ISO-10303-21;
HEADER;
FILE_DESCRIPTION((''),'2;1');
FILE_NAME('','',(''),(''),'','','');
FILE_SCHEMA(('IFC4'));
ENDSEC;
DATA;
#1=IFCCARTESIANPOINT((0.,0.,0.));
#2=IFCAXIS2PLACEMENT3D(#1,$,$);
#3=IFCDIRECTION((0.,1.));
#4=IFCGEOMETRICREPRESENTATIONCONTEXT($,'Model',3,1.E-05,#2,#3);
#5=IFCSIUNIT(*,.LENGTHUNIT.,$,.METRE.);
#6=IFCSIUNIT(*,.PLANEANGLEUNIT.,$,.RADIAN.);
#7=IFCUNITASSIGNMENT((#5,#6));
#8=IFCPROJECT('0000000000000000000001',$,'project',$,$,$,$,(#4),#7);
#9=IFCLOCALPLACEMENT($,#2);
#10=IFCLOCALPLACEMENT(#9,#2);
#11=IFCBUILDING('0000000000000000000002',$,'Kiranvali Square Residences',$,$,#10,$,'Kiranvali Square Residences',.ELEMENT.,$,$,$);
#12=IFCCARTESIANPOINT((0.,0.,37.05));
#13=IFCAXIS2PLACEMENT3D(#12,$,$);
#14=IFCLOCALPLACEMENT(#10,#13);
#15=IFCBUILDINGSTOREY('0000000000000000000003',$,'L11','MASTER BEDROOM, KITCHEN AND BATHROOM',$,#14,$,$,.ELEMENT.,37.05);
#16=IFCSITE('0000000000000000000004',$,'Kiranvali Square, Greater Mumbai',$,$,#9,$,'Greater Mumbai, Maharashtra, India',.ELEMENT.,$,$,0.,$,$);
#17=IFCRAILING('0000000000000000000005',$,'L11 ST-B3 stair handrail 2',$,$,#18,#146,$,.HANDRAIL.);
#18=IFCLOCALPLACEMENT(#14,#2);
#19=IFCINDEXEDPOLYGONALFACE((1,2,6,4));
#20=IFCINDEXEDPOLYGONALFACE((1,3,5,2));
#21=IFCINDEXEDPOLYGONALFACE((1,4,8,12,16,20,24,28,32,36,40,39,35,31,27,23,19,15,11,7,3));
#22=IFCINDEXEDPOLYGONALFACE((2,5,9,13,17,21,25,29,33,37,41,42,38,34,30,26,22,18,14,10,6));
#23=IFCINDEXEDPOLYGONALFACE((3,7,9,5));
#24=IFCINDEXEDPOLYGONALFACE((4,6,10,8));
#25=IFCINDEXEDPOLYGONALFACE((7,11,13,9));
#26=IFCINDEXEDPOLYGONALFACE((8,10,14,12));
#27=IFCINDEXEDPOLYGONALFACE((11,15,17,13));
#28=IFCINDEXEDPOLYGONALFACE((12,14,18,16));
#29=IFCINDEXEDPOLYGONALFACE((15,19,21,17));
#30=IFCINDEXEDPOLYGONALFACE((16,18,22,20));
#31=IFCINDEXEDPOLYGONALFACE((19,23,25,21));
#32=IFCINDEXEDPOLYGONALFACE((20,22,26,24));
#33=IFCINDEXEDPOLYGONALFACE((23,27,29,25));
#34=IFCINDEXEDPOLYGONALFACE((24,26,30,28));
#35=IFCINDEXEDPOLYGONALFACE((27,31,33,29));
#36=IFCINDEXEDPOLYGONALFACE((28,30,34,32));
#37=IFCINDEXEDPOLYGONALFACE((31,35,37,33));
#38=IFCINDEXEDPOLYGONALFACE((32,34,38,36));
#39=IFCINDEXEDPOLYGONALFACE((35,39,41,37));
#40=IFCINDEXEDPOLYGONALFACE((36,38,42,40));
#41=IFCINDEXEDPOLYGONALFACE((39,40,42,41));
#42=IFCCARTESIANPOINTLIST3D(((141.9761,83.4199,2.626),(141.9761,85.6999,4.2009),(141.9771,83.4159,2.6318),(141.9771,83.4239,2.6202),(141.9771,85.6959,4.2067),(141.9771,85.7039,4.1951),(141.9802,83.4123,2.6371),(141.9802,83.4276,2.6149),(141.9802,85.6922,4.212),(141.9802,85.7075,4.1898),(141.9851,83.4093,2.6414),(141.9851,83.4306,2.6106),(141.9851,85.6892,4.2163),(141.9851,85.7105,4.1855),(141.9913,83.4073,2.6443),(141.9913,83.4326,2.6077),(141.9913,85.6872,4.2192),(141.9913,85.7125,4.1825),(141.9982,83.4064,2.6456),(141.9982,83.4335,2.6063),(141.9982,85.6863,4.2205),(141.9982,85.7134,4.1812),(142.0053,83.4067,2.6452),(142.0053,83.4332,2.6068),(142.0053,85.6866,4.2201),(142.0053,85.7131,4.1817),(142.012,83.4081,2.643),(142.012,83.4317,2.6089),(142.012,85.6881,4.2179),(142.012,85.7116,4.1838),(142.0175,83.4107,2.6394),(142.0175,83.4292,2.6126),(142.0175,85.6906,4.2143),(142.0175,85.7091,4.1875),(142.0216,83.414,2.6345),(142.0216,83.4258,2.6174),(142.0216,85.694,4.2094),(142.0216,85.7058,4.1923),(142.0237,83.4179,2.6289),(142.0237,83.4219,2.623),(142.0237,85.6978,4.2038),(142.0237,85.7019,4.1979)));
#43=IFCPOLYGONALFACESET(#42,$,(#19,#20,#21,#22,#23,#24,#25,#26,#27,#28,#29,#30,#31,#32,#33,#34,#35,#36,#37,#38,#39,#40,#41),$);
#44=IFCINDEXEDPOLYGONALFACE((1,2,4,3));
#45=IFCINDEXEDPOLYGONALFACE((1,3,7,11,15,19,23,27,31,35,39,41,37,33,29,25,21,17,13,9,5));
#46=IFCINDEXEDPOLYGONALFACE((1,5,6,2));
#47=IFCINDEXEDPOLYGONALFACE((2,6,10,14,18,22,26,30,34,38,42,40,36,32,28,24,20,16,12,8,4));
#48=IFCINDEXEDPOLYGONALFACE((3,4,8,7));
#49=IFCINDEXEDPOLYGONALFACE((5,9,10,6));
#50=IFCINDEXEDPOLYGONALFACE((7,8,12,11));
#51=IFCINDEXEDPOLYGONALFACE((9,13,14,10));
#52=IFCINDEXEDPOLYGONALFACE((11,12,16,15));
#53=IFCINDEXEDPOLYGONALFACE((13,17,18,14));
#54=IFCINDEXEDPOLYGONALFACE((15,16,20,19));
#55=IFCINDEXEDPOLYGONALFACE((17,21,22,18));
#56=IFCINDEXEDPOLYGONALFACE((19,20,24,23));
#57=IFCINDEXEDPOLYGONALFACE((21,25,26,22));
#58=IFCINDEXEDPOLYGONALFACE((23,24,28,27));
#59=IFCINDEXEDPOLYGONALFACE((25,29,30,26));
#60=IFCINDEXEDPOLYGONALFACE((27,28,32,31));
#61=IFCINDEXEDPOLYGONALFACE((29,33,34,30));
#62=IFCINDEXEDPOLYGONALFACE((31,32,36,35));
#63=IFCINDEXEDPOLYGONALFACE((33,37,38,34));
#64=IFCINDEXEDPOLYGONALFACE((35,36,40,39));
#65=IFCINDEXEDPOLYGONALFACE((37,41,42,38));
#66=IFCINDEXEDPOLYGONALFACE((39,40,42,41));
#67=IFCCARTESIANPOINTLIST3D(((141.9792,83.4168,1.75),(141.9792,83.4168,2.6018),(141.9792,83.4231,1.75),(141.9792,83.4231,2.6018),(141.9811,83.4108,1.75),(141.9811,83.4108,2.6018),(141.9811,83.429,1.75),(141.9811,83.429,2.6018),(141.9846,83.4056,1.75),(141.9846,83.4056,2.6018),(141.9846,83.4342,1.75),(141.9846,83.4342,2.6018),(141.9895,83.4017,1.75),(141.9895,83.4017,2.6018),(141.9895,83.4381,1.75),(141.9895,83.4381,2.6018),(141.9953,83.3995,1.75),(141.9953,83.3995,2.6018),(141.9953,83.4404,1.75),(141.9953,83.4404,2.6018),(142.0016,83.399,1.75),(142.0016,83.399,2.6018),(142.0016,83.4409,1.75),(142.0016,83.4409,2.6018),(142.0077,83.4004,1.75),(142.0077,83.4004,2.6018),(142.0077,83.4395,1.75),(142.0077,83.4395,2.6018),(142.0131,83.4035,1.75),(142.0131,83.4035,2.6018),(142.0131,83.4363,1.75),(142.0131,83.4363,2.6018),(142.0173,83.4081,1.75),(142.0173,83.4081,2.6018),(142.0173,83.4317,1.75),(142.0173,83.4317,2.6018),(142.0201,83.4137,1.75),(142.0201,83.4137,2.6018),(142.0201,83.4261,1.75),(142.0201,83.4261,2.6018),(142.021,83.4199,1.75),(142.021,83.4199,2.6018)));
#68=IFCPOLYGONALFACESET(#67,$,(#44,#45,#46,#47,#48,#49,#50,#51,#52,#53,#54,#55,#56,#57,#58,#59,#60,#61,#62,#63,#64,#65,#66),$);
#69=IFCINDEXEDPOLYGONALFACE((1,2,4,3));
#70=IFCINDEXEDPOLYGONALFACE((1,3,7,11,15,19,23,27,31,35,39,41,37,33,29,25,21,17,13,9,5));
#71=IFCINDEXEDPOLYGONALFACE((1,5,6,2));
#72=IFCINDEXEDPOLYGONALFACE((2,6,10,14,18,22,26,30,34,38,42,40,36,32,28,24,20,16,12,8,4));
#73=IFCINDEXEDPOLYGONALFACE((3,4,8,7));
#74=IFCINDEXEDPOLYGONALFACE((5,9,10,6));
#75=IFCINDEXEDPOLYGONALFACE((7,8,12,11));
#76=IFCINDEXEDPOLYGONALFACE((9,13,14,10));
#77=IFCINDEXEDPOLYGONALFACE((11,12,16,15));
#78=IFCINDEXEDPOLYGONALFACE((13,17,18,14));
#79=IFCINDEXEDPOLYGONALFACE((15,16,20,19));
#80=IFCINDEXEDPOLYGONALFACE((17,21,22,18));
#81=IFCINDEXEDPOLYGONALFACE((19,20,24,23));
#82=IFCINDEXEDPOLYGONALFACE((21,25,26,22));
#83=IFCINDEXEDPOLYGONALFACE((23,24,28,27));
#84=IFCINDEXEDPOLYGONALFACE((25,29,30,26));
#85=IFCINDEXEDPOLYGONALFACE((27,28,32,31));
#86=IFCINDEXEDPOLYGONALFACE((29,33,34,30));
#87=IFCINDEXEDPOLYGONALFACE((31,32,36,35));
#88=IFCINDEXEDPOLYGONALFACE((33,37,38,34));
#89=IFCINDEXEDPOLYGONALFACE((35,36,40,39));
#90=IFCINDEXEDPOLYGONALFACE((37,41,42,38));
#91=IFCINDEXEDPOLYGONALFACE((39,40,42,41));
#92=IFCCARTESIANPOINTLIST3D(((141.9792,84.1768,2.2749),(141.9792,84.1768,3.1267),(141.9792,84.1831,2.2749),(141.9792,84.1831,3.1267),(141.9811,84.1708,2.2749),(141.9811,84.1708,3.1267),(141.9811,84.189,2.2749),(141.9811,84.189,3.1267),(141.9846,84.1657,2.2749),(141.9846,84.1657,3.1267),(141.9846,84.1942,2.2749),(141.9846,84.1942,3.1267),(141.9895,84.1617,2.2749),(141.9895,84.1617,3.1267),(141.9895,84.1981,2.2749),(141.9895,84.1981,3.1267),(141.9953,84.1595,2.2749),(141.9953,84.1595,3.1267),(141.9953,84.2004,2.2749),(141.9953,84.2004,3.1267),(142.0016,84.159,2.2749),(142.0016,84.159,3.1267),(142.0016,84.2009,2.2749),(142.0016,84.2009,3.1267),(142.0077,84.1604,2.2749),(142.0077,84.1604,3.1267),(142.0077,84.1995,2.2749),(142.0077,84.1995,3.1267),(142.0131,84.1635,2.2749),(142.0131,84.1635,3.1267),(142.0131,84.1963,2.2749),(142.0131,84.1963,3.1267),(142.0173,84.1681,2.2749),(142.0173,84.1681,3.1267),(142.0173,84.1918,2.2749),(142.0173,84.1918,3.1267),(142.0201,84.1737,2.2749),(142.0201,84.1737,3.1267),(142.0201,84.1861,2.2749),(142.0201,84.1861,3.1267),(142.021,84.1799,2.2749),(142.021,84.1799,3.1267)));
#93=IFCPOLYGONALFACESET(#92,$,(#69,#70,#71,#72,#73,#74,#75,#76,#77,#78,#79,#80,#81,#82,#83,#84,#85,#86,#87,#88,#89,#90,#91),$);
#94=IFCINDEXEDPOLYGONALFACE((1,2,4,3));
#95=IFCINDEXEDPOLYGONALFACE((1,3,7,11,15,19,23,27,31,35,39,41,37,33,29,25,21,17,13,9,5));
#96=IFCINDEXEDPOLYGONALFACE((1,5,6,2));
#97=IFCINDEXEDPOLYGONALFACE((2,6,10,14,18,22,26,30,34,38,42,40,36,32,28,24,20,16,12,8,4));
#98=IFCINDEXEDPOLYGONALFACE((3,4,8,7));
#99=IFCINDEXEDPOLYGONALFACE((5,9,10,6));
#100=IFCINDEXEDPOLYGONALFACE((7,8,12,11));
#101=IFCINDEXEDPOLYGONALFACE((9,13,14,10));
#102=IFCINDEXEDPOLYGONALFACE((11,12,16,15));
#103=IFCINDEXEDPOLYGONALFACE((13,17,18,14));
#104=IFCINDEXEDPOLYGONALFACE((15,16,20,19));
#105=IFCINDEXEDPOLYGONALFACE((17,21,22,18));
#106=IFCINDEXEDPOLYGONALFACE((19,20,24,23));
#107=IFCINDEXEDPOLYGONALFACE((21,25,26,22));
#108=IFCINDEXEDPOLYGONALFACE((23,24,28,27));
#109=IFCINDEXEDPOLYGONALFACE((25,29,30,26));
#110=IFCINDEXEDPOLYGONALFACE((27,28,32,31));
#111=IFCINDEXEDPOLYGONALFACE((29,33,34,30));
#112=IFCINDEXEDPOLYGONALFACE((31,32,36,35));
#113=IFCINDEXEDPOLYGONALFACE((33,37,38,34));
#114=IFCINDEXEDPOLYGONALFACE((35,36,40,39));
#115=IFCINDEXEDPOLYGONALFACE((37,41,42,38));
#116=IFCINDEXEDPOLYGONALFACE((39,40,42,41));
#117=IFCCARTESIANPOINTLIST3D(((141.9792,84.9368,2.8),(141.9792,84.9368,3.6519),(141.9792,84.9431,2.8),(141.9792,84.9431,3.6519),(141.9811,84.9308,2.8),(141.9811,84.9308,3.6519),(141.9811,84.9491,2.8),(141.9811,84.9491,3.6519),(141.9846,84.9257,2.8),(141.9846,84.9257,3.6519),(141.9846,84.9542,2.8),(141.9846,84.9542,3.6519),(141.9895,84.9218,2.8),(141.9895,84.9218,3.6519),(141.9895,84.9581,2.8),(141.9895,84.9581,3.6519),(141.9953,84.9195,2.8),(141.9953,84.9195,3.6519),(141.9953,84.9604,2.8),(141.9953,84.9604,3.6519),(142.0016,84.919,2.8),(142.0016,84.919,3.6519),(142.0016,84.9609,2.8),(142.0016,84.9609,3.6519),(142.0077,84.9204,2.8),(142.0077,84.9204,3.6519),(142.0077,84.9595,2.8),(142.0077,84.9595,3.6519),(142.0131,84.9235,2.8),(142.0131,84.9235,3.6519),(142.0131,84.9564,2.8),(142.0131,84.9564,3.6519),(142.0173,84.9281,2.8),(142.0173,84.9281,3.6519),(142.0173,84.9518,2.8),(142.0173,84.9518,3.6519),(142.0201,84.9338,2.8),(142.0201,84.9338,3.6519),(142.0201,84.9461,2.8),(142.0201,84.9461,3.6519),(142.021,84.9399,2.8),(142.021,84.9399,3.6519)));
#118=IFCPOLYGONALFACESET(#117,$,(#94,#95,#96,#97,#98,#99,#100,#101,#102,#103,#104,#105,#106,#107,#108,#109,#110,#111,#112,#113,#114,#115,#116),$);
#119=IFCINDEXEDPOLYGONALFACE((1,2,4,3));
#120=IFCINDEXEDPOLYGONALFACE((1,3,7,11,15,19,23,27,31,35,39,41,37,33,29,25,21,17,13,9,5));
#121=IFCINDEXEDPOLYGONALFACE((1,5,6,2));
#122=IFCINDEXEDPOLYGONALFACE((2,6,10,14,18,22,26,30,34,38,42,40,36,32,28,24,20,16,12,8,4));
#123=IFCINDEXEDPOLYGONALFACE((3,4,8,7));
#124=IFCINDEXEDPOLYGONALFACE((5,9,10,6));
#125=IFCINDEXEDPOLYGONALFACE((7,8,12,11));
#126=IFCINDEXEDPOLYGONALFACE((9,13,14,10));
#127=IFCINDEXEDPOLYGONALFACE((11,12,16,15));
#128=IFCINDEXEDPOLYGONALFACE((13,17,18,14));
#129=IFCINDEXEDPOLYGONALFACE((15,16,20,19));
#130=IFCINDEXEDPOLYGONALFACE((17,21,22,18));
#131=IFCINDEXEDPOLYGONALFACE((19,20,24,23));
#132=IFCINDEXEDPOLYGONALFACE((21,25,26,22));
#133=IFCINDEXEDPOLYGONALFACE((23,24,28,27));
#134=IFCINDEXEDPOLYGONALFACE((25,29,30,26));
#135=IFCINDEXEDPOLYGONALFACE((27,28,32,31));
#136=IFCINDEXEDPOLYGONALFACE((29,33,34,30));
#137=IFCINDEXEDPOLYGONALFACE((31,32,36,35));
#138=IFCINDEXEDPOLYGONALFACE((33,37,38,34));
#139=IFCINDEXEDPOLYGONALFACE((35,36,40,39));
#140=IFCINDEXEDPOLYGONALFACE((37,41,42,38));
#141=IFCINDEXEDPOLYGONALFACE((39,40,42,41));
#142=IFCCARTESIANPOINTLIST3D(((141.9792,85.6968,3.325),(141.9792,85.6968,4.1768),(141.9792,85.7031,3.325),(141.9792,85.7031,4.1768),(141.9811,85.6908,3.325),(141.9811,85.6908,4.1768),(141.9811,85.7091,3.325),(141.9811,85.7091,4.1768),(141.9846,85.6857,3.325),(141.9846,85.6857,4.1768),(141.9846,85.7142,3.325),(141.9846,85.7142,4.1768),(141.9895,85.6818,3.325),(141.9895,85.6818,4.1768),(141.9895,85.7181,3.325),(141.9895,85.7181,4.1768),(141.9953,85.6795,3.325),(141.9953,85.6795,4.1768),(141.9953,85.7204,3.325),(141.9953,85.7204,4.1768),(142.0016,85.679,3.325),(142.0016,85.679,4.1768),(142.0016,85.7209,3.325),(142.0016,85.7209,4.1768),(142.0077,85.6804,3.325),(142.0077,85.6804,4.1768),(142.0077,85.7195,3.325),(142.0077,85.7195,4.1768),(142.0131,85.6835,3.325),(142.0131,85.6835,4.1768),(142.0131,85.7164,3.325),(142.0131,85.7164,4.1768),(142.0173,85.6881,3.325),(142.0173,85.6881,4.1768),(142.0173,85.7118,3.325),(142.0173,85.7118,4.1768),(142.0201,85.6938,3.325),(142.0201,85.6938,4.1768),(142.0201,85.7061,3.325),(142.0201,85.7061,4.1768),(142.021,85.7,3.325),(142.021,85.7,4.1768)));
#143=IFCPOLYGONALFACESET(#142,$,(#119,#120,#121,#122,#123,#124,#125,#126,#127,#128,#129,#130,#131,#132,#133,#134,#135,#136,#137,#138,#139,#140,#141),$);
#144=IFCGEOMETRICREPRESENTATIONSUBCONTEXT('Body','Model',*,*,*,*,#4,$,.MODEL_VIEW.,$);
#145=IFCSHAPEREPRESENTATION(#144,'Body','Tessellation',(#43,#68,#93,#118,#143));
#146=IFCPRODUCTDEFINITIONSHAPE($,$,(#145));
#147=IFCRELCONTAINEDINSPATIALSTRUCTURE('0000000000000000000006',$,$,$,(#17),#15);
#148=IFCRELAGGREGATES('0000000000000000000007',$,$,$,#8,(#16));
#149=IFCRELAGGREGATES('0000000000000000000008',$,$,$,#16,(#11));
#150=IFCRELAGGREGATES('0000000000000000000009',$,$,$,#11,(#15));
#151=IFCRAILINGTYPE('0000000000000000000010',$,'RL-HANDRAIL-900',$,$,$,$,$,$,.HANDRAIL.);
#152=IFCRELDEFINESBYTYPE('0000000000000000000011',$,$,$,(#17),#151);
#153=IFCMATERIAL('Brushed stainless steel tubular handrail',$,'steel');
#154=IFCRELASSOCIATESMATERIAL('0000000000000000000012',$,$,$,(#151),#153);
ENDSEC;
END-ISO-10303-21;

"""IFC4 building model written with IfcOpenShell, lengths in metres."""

from ifc_helpers import new_model, si_unit, direction, frame, origin, origin_2d, place, context, subcontext, project, spatial, circle, extrude, material, type_object, element, save


model = new_model("IFC4")

# Units and contexts
model_context = context("Model", 3, precision=1e-05, world=origin(), true_north=direction((0.0, 1.0)))
body_context = subcontext(model_context, "Body", "Model", "MODEL_VIEW")
ifc_project = project(units=[si_unit("LENGTHUNIT", "METRE"), si_unit("PLANEANGLEUNIT", "RADIAN")], contexts=[model_context])

# Site, building, storey
site_placement = place(None, origin())
site = spatial("IfcSite", under=ifc_project, at=site_placement, Name="Kiranvali Square, Greater Mumbai", LongName="Greater Mumbai, Maharashtra, India", CompositionType="ELEMENT", RefElevation=0.0)
building_placement = place(site_placement, origin())
building = spatial("IfcBuilding", under=site, at=building_placement, Name="Kiranvali Square Residences", LongName="Kiranvali Square Residences", CompositionType="ELEMENT")
storey_placement = place(building_placement, frame((0.0, 0.0, 37.05)))
storey = spatial("IfcBuildingStorey", under=building, at=storey_placement, Name="L11", Description="MASTER BEDROOM, KITCHEN AND BATHROOM", CompositionType="ELEMENT", Elevation=37.05)

# Railing
ifc_material_1 = material(Name="Brushed stainless steel tubular handrail", Category="steel")
railing_type_1 = type_object("IfcRailingType", Name="RL-HANDRAIL-900", PredefinedType="HANDRAIL", material=ifc_material_1)
railing_1_placement = place(storey_placement, frame((142.0, 83.4199, 1.75)))
element("IfcRailing", 1, at=railing_1_placement, inside=storey, type_object=railing_type_1, Name="L11 ST-B3 stair handrail 2", PredefinedType="HANDRAIL", context=body_context, shape_type="SweptSolid", body=[
    extrude(circle(Radius=0.0239, at=origin_2d()), frame((0.0, 0.0, 0.876), z_axis=(0.0, 0.822788, 0.568348), x_axis=(-1.0, 0.0, 0.0)), (0.0, 0.0, 1.0), 2.771),
    extrude(circle(Radius=0.021, at=origin_2d()), origin(), (0.0, 0.0, 1.0), 0.8518),
    extrude(circle(Radius=0.021, at=origin_2d()), frame((0.0, 0.76, 0.5249)), (0.0, 0.0, 1.0), 0.8518),
    extrude(circle(Radius=0.021, at=origin_2d()), frame((0.0, 1.52, 1.05)), (0.0, 0.0, 1.0), 0.8518),
    extrude(circle(Radius=0.021, at=origin_2d()), frame((0.0, 2.28, 1.575)), (0.0, 0.0, 1.0), 0.8518),
])

save(model, "model.ifc")
